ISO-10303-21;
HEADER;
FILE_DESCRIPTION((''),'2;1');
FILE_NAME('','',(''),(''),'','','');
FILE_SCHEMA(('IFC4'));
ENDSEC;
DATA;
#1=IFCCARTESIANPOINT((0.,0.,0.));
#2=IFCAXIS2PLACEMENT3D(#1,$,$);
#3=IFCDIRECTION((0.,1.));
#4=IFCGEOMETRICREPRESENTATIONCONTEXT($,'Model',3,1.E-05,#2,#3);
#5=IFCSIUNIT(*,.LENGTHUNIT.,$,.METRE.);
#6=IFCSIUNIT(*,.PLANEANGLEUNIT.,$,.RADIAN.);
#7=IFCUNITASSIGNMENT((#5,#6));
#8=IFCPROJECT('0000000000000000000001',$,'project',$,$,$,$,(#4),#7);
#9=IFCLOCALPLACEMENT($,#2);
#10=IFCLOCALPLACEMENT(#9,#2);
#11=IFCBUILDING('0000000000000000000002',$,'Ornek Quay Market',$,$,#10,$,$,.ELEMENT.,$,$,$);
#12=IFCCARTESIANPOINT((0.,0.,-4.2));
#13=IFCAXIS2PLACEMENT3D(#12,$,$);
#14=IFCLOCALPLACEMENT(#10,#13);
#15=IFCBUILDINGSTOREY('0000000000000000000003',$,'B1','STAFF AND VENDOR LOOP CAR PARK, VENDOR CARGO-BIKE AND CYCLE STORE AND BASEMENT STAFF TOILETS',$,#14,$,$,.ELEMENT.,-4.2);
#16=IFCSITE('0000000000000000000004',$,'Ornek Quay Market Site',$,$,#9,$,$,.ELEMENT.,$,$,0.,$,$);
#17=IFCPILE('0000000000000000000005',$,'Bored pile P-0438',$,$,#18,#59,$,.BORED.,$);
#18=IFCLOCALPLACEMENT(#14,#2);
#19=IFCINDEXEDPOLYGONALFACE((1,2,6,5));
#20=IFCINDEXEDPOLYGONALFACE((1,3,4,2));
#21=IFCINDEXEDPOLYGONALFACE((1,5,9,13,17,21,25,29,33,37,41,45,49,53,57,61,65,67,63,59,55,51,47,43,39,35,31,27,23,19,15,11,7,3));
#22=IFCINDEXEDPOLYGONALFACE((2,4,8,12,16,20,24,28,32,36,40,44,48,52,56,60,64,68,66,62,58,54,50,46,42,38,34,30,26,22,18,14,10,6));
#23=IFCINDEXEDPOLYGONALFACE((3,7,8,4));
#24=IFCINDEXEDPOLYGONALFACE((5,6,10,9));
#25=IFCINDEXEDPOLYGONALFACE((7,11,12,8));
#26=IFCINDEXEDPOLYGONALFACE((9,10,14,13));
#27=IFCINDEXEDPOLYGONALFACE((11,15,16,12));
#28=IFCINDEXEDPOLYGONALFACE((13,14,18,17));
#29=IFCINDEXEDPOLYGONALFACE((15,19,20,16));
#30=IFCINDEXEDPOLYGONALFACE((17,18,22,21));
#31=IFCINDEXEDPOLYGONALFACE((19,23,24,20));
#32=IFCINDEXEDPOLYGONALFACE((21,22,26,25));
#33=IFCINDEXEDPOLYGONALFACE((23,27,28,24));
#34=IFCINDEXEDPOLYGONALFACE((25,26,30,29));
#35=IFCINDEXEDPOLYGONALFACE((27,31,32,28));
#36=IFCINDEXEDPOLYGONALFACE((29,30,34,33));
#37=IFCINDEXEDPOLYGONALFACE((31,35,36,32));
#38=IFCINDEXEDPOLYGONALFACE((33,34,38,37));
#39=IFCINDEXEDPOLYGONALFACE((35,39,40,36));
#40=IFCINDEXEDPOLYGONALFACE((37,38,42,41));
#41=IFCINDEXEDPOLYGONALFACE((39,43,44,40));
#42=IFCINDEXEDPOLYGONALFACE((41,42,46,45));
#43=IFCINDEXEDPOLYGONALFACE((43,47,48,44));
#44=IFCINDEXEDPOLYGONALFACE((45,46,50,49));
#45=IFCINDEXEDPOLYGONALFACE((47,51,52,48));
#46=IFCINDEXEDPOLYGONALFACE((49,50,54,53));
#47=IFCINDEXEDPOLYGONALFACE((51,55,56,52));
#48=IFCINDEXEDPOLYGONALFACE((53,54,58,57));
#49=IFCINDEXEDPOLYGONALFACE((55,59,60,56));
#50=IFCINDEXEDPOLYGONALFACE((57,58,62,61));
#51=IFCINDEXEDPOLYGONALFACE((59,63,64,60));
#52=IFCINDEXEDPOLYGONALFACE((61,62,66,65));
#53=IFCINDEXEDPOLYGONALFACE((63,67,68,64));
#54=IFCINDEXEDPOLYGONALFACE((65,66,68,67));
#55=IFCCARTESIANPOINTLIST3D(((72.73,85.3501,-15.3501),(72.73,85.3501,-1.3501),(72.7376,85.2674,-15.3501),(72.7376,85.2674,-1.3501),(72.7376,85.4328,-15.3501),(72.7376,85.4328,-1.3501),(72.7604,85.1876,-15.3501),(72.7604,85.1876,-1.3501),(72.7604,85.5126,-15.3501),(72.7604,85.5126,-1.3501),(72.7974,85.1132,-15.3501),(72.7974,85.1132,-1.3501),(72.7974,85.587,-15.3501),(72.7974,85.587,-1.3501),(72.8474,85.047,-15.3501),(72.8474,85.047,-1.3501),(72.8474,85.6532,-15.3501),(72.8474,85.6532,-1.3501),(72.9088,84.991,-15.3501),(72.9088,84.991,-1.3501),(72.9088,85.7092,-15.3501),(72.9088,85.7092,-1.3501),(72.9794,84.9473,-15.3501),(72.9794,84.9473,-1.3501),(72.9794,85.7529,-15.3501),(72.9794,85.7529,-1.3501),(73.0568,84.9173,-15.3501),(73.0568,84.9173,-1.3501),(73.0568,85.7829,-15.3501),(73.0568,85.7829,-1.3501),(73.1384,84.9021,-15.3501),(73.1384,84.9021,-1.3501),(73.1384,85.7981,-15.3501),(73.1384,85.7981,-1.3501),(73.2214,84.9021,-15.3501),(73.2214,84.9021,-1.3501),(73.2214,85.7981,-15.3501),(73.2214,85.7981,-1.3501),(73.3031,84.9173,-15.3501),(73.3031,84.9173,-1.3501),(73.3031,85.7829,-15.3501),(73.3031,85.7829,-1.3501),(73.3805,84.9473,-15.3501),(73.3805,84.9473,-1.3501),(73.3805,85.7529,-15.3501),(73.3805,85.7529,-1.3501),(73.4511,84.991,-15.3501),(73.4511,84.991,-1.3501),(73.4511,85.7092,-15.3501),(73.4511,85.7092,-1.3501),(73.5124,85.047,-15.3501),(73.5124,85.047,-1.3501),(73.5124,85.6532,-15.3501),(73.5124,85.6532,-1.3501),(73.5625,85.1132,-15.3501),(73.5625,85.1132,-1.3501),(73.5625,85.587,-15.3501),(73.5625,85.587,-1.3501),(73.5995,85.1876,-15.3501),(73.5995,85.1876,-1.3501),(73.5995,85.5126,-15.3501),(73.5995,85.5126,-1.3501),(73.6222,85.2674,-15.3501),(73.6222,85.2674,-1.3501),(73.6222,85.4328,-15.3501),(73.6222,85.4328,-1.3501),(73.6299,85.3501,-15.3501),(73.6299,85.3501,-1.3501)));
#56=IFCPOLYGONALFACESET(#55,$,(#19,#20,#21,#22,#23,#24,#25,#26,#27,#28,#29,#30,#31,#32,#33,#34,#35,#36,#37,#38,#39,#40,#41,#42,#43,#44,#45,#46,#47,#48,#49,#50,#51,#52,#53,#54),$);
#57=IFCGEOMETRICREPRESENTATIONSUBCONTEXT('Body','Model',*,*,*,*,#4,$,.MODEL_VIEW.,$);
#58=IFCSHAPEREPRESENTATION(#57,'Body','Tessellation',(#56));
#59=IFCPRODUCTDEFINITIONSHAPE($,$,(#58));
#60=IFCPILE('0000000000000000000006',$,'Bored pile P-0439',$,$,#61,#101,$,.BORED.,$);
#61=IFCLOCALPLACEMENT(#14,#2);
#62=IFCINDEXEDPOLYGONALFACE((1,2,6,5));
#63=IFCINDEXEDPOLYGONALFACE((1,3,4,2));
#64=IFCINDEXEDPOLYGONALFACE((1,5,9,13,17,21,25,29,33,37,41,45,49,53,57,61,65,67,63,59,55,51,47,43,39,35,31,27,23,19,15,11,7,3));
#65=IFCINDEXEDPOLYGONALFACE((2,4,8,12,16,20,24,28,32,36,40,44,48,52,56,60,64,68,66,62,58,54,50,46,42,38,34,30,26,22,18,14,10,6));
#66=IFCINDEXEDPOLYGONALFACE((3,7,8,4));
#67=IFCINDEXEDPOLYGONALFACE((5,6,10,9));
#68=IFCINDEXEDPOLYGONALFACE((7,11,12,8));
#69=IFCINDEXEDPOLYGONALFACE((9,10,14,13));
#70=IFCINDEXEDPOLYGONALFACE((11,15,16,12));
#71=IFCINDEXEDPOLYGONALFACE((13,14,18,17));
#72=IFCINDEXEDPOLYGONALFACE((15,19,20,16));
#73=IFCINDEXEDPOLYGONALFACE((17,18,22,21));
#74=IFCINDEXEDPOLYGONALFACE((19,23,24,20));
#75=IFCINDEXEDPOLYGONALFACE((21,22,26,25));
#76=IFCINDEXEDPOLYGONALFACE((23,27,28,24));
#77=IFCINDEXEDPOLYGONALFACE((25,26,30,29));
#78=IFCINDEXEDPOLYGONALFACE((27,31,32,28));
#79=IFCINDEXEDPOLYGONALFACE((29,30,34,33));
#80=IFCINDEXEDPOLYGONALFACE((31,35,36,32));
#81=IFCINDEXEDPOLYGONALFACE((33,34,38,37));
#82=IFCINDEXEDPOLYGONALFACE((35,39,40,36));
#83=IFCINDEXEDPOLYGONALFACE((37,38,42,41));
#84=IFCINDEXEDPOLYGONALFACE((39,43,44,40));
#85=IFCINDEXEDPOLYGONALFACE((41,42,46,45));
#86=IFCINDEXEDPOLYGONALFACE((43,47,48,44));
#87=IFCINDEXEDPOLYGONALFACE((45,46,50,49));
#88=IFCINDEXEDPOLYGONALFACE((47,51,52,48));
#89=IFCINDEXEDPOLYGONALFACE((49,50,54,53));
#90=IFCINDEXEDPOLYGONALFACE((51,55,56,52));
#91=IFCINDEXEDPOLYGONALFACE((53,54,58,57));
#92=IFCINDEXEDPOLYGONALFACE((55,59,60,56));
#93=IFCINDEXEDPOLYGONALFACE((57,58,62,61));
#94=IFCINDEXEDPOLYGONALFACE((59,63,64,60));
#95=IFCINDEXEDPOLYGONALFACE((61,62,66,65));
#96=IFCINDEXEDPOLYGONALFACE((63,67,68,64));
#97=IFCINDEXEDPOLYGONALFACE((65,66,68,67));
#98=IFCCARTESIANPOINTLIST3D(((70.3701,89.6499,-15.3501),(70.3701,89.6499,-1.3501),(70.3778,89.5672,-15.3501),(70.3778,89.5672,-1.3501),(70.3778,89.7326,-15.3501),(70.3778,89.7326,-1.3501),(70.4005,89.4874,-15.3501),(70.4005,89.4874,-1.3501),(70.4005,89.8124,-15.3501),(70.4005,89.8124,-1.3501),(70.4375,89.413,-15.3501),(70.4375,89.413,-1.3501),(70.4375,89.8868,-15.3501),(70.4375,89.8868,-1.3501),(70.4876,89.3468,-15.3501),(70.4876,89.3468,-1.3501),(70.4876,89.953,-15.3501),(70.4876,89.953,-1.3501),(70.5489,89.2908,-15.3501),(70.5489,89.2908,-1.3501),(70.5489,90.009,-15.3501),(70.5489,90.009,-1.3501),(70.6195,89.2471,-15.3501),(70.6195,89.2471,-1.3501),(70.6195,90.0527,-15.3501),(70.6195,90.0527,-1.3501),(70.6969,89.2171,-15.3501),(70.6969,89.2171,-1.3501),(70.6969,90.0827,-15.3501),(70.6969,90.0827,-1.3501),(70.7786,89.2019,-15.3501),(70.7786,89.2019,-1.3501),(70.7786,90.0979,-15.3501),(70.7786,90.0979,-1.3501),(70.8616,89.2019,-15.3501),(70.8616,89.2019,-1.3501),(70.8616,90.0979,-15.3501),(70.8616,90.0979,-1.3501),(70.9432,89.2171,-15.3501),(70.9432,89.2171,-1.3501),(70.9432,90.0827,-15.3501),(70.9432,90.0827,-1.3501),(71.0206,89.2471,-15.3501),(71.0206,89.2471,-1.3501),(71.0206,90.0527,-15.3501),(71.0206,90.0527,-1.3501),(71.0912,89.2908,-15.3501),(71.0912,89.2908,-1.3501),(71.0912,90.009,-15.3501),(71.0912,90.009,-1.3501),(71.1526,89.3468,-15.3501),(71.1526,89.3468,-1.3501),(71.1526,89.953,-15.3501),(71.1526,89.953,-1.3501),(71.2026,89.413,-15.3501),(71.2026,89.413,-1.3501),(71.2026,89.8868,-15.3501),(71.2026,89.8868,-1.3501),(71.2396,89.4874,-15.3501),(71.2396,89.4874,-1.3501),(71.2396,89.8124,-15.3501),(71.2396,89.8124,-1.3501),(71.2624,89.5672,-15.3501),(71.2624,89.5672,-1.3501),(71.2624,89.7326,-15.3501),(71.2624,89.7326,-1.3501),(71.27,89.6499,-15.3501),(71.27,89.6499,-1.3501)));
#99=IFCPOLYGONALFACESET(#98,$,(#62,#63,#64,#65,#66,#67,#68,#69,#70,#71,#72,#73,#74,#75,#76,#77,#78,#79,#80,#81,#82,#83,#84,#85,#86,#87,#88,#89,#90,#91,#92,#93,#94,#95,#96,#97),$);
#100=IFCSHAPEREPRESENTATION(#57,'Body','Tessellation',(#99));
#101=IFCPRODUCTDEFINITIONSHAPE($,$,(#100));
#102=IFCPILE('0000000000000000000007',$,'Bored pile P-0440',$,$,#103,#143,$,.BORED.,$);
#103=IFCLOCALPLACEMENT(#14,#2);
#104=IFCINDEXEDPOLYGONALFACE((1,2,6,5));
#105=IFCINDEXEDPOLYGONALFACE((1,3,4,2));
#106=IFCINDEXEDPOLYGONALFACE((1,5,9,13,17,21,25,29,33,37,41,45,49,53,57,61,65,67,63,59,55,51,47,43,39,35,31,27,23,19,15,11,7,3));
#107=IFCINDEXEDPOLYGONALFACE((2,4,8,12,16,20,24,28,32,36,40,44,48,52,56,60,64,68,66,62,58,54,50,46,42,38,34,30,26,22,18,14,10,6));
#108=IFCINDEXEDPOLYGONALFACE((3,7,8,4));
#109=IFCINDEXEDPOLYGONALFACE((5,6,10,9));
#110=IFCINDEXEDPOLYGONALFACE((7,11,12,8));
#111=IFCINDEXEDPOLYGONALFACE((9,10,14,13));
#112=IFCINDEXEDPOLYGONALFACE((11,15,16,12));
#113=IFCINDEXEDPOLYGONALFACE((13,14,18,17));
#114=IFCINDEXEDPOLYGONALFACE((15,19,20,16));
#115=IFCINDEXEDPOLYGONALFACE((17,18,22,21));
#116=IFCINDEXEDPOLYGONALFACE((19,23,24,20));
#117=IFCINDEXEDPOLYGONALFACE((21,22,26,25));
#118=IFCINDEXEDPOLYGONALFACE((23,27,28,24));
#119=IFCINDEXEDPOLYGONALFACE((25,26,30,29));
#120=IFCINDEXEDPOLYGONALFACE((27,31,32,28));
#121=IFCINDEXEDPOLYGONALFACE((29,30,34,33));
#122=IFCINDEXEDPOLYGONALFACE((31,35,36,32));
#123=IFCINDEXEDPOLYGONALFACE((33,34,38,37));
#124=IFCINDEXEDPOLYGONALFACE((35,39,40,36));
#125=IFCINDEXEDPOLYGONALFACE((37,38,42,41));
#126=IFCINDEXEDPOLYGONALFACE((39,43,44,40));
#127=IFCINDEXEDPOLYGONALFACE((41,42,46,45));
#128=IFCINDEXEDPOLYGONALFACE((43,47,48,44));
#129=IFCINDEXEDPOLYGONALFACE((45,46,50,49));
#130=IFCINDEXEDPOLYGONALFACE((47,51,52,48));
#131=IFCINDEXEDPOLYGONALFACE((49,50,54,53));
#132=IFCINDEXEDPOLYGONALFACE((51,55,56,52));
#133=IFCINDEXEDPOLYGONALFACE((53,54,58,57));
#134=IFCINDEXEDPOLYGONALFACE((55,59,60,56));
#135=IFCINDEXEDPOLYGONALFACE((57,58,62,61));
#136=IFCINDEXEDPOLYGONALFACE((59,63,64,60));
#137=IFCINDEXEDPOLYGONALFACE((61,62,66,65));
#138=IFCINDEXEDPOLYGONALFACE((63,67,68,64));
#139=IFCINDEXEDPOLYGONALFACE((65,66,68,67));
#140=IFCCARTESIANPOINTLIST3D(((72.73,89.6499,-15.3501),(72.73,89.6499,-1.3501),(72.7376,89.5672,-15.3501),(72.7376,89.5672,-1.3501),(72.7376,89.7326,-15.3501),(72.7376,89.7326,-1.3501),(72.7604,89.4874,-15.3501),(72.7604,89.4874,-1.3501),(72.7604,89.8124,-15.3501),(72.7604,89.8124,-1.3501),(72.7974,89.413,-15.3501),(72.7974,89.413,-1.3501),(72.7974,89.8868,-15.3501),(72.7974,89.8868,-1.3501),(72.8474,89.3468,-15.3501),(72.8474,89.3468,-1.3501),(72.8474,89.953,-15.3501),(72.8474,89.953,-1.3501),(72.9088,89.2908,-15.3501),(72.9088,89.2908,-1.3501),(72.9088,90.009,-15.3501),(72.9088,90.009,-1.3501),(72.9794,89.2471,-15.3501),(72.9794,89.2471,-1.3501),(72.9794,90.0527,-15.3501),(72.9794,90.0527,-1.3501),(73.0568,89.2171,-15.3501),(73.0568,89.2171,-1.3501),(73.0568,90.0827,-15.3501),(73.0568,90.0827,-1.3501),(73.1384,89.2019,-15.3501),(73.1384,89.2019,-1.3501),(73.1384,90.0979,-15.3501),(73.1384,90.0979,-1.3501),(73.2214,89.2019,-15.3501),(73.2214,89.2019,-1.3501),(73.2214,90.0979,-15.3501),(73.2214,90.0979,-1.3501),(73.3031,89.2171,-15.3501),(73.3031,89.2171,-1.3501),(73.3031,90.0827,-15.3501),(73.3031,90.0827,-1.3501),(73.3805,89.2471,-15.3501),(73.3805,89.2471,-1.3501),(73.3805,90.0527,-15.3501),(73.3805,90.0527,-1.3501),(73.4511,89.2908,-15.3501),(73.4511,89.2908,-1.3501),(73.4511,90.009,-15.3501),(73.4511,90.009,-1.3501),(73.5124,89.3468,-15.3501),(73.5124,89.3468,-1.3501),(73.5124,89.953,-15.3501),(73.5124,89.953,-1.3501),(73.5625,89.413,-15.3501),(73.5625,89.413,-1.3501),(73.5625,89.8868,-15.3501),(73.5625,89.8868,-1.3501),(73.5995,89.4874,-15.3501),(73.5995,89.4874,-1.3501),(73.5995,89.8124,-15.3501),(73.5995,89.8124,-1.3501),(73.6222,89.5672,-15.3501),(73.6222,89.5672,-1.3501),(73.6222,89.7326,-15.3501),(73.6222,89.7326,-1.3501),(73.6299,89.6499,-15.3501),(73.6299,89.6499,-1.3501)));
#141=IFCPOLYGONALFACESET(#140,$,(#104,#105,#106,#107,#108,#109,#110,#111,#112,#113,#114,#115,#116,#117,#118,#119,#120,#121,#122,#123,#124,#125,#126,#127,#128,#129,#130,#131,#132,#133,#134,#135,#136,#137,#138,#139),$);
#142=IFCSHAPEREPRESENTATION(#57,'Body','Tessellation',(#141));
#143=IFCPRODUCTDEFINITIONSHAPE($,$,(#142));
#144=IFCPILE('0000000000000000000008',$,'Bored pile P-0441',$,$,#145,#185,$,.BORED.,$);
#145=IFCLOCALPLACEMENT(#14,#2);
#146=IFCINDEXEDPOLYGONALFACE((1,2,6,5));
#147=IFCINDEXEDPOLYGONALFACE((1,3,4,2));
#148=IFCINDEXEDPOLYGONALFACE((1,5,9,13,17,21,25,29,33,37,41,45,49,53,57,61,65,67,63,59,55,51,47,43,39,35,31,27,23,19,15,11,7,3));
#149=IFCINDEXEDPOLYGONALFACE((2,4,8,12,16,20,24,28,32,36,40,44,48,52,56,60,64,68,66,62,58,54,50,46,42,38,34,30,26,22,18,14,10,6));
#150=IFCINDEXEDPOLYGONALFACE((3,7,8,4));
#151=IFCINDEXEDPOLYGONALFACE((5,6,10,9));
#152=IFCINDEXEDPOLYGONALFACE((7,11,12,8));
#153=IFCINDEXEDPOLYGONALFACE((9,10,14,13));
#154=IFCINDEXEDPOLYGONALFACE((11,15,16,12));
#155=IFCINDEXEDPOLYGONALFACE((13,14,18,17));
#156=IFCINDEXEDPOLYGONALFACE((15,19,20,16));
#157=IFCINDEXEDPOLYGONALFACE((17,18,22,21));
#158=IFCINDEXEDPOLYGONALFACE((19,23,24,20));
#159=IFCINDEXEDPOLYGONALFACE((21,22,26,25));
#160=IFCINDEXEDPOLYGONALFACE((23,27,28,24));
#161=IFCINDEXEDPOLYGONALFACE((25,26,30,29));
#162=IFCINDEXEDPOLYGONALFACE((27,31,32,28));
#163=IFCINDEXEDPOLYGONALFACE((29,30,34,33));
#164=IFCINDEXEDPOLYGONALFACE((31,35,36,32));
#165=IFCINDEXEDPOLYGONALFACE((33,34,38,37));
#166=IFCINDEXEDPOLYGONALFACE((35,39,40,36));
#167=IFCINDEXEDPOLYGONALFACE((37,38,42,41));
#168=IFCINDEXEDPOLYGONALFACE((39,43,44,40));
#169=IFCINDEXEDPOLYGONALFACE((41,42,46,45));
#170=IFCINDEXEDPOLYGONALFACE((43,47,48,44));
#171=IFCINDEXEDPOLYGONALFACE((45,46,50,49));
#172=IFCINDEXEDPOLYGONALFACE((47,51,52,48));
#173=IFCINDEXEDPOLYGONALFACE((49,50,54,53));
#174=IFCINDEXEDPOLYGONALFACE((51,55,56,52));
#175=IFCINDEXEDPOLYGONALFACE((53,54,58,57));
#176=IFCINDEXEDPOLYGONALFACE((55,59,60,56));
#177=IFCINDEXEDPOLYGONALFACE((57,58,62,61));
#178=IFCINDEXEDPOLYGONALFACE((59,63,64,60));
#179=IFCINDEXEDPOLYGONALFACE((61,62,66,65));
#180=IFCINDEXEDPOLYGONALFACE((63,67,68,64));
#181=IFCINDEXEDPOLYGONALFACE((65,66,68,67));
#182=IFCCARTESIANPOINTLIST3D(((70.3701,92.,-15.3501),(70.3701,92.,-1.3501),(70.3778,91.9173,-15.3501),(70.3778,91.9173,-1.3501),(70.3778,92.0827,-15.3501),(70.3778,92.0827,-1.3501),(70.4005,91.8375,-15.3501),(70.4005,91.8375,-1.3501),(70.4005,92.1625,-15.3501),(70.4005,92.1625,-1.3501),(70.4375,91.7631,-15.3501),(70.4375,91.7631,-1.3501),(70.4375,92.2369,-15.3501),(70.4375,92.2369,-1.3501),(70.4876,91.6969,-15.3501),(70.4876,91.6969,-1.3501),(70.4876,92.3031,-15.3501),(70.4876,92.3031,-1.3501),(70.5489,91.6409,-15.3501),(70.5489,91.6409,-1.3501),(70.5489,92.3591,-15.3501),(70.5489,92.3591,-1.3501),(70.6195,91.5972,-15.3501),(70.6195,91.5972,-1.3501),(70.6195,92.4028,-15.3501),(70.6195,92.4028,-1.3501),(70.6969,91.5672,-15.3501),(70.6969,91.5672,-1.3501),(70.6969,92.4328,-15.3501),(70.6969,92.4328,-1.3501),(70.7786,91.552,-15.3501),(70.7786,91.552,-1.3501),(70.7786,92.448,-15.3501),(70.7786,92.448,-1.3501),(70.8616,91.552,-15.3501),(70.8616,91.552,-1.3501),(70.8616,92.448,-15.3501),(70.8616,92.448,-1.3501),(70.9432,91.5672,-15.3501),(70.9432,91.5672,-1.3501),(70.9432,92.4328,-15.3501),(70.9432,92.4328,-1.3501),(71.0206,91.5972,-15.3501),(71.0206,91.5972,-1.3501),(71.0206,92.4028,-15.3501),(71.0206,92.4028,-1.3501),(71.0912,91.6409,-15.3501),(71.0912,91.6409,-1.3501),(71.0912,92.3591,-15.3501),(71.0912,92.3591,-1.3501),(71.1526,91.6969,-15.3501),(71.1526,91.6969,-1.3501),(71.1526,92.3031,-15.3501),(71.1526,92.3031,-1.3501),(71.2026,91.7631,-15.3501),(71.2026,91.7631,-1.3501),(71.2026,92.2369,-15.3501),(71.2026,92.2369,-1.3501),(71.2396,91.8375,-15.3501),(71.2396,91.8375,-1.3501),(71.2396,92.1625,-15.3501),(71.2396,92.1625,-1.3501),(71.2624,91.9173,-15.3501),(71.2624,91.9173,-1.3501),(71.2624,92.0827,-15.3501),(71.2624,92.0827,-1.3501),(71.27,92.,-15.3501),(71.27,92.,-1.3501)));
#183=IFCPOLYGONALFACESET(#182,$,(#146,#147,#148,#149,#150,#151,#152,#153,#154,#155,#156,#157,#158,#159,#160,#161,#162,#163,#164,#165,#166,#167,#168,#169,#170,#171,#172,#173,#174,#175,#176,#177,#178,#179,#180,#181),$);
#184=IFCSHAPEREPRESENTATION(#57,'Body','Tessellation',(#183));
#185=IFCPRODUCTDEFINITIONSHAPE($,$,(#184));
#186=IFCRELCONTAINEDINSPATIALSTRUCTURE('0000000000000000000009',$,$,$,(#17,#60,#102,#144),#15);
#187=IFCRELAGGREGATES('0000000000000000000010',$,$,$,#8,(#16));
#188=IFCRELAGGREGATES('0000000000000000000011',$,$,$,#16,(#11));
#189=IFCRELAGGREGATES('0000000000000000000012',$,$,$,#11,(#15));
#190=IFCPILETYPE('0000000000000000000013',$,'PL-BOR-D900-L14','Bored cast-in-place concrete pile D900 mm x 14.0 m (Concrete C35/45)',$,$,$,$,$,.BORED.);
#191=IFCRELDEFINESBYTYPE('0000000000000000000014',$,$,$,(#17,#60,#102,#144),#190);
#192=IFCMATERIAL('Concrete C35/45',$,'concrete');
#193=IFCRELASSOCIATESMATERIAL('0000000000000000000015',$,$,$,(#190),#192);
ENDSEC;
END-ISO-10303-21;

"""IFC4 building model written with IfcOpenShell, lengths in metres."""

from ifc_helpers import new_model, si_unit, direction, frame, origin, origin_2d, place, context, subcontext, project, spatial, circle, extrude, material, material_profile, profile_set, type_object, element, save


model = new_model("IFC4")

# Units and contexts
model_context = context("Model", 3, precision=1e-05, world=origin(), true_north=direction((0.0, 1.0)))
body_context = subcontext(model_context, "Body", "Model", "MODEL_VIEW")
ifc_project = project(units=[si_unit("LENGTHUNIT", "METRE"), si_unit("PLANEANGLEUNIT", "RADIAN")], contexts=[model_context])

# Site, building, storey
site_placement = place(None, origin())
site = spatial("IfcSite", under=ifc_project, at=site_placement, Name="Ornek Quay Market Site", CompositionType="ELEMENT", RefElevation=0.0)
building_placement = place(site_placement, origin())
building = spatial("IfcBuilding", under=site, at=building_placement, Name="Ornek Quay Market", CompositionType="ELEMENT")
storey_placement = place(building_placement, frame((0.0, 0.0, -4.2)))
storey = spatial("IfcBuildingStorey", under=building, at=storey_placement, Name="B1", Description="STAFF AND VENDOR LOOP CAR PARK, VENDOR CARGO-BIKE AND CYCLE STORE AND BASEMENT STAFF TOILETS", CompositionType="ELEMENT", Elevation=-4.2)

# Piles
ifc_material_1 = material(Name="Concrete C35/45", Category="concrete")
ifc_material_profile_1 = material_profile(ifc_material_1, circle(Radius=0.45, at=origin_2d()), Name="PILE D900", Category="concrete")
ifc_profile_set_1 = profile_set([ifc_material_profile_1], Name="Concrete C35/45")
pile_type_1 = type_object("IfcPileType", Name="PL-BOR-D900-L14", Description="Bored cast-in-place concrete pile D900 mm x 14.0 m (Concrete C35/45)", PredefinedType="BORED", material=ifc_profile_set_1)
for number, where, z_axis, x_axis, name in (
    (1, (73.1799, 85.3501, -1.3501), (0.0, 0.0, -1.0), (1.0, 0.0, 0.0), "Bored pile P-0438"),
    (2, (70.8201, 89.6499, -1.3501), (0.0, 0.0, -1.0), (1.0, 0.0, 0.0), "Bored pile P-0439"),
    (3, (73.1799, 89.6499, -1.3501), (0.0, 0.0, -1.0), (1.0, 0.0, 0.0), "Bored pile P-0440"),
    (4, (70.8201, 92.0, -1.3501), (0.0, 0.0, -1.0), (1.0, 0.0, 0.0), "Bored pile P-0441"),
):
    element("IfcPile", number, at=place(storey_placement, frame(where, z_axis=z_axis, x_axis=x_axis)), inside=storey, type_object=pile_type_1, Name=name, PredefinedType="BORED", context=body_context, shape_type="SweptSolid", body=[
        extrude(circle(Radius=0.45, at=origin_2d()), origin(), (0.0, 0.0, 1.0), 14.0),
    ])

save(model, "model.ifc")
